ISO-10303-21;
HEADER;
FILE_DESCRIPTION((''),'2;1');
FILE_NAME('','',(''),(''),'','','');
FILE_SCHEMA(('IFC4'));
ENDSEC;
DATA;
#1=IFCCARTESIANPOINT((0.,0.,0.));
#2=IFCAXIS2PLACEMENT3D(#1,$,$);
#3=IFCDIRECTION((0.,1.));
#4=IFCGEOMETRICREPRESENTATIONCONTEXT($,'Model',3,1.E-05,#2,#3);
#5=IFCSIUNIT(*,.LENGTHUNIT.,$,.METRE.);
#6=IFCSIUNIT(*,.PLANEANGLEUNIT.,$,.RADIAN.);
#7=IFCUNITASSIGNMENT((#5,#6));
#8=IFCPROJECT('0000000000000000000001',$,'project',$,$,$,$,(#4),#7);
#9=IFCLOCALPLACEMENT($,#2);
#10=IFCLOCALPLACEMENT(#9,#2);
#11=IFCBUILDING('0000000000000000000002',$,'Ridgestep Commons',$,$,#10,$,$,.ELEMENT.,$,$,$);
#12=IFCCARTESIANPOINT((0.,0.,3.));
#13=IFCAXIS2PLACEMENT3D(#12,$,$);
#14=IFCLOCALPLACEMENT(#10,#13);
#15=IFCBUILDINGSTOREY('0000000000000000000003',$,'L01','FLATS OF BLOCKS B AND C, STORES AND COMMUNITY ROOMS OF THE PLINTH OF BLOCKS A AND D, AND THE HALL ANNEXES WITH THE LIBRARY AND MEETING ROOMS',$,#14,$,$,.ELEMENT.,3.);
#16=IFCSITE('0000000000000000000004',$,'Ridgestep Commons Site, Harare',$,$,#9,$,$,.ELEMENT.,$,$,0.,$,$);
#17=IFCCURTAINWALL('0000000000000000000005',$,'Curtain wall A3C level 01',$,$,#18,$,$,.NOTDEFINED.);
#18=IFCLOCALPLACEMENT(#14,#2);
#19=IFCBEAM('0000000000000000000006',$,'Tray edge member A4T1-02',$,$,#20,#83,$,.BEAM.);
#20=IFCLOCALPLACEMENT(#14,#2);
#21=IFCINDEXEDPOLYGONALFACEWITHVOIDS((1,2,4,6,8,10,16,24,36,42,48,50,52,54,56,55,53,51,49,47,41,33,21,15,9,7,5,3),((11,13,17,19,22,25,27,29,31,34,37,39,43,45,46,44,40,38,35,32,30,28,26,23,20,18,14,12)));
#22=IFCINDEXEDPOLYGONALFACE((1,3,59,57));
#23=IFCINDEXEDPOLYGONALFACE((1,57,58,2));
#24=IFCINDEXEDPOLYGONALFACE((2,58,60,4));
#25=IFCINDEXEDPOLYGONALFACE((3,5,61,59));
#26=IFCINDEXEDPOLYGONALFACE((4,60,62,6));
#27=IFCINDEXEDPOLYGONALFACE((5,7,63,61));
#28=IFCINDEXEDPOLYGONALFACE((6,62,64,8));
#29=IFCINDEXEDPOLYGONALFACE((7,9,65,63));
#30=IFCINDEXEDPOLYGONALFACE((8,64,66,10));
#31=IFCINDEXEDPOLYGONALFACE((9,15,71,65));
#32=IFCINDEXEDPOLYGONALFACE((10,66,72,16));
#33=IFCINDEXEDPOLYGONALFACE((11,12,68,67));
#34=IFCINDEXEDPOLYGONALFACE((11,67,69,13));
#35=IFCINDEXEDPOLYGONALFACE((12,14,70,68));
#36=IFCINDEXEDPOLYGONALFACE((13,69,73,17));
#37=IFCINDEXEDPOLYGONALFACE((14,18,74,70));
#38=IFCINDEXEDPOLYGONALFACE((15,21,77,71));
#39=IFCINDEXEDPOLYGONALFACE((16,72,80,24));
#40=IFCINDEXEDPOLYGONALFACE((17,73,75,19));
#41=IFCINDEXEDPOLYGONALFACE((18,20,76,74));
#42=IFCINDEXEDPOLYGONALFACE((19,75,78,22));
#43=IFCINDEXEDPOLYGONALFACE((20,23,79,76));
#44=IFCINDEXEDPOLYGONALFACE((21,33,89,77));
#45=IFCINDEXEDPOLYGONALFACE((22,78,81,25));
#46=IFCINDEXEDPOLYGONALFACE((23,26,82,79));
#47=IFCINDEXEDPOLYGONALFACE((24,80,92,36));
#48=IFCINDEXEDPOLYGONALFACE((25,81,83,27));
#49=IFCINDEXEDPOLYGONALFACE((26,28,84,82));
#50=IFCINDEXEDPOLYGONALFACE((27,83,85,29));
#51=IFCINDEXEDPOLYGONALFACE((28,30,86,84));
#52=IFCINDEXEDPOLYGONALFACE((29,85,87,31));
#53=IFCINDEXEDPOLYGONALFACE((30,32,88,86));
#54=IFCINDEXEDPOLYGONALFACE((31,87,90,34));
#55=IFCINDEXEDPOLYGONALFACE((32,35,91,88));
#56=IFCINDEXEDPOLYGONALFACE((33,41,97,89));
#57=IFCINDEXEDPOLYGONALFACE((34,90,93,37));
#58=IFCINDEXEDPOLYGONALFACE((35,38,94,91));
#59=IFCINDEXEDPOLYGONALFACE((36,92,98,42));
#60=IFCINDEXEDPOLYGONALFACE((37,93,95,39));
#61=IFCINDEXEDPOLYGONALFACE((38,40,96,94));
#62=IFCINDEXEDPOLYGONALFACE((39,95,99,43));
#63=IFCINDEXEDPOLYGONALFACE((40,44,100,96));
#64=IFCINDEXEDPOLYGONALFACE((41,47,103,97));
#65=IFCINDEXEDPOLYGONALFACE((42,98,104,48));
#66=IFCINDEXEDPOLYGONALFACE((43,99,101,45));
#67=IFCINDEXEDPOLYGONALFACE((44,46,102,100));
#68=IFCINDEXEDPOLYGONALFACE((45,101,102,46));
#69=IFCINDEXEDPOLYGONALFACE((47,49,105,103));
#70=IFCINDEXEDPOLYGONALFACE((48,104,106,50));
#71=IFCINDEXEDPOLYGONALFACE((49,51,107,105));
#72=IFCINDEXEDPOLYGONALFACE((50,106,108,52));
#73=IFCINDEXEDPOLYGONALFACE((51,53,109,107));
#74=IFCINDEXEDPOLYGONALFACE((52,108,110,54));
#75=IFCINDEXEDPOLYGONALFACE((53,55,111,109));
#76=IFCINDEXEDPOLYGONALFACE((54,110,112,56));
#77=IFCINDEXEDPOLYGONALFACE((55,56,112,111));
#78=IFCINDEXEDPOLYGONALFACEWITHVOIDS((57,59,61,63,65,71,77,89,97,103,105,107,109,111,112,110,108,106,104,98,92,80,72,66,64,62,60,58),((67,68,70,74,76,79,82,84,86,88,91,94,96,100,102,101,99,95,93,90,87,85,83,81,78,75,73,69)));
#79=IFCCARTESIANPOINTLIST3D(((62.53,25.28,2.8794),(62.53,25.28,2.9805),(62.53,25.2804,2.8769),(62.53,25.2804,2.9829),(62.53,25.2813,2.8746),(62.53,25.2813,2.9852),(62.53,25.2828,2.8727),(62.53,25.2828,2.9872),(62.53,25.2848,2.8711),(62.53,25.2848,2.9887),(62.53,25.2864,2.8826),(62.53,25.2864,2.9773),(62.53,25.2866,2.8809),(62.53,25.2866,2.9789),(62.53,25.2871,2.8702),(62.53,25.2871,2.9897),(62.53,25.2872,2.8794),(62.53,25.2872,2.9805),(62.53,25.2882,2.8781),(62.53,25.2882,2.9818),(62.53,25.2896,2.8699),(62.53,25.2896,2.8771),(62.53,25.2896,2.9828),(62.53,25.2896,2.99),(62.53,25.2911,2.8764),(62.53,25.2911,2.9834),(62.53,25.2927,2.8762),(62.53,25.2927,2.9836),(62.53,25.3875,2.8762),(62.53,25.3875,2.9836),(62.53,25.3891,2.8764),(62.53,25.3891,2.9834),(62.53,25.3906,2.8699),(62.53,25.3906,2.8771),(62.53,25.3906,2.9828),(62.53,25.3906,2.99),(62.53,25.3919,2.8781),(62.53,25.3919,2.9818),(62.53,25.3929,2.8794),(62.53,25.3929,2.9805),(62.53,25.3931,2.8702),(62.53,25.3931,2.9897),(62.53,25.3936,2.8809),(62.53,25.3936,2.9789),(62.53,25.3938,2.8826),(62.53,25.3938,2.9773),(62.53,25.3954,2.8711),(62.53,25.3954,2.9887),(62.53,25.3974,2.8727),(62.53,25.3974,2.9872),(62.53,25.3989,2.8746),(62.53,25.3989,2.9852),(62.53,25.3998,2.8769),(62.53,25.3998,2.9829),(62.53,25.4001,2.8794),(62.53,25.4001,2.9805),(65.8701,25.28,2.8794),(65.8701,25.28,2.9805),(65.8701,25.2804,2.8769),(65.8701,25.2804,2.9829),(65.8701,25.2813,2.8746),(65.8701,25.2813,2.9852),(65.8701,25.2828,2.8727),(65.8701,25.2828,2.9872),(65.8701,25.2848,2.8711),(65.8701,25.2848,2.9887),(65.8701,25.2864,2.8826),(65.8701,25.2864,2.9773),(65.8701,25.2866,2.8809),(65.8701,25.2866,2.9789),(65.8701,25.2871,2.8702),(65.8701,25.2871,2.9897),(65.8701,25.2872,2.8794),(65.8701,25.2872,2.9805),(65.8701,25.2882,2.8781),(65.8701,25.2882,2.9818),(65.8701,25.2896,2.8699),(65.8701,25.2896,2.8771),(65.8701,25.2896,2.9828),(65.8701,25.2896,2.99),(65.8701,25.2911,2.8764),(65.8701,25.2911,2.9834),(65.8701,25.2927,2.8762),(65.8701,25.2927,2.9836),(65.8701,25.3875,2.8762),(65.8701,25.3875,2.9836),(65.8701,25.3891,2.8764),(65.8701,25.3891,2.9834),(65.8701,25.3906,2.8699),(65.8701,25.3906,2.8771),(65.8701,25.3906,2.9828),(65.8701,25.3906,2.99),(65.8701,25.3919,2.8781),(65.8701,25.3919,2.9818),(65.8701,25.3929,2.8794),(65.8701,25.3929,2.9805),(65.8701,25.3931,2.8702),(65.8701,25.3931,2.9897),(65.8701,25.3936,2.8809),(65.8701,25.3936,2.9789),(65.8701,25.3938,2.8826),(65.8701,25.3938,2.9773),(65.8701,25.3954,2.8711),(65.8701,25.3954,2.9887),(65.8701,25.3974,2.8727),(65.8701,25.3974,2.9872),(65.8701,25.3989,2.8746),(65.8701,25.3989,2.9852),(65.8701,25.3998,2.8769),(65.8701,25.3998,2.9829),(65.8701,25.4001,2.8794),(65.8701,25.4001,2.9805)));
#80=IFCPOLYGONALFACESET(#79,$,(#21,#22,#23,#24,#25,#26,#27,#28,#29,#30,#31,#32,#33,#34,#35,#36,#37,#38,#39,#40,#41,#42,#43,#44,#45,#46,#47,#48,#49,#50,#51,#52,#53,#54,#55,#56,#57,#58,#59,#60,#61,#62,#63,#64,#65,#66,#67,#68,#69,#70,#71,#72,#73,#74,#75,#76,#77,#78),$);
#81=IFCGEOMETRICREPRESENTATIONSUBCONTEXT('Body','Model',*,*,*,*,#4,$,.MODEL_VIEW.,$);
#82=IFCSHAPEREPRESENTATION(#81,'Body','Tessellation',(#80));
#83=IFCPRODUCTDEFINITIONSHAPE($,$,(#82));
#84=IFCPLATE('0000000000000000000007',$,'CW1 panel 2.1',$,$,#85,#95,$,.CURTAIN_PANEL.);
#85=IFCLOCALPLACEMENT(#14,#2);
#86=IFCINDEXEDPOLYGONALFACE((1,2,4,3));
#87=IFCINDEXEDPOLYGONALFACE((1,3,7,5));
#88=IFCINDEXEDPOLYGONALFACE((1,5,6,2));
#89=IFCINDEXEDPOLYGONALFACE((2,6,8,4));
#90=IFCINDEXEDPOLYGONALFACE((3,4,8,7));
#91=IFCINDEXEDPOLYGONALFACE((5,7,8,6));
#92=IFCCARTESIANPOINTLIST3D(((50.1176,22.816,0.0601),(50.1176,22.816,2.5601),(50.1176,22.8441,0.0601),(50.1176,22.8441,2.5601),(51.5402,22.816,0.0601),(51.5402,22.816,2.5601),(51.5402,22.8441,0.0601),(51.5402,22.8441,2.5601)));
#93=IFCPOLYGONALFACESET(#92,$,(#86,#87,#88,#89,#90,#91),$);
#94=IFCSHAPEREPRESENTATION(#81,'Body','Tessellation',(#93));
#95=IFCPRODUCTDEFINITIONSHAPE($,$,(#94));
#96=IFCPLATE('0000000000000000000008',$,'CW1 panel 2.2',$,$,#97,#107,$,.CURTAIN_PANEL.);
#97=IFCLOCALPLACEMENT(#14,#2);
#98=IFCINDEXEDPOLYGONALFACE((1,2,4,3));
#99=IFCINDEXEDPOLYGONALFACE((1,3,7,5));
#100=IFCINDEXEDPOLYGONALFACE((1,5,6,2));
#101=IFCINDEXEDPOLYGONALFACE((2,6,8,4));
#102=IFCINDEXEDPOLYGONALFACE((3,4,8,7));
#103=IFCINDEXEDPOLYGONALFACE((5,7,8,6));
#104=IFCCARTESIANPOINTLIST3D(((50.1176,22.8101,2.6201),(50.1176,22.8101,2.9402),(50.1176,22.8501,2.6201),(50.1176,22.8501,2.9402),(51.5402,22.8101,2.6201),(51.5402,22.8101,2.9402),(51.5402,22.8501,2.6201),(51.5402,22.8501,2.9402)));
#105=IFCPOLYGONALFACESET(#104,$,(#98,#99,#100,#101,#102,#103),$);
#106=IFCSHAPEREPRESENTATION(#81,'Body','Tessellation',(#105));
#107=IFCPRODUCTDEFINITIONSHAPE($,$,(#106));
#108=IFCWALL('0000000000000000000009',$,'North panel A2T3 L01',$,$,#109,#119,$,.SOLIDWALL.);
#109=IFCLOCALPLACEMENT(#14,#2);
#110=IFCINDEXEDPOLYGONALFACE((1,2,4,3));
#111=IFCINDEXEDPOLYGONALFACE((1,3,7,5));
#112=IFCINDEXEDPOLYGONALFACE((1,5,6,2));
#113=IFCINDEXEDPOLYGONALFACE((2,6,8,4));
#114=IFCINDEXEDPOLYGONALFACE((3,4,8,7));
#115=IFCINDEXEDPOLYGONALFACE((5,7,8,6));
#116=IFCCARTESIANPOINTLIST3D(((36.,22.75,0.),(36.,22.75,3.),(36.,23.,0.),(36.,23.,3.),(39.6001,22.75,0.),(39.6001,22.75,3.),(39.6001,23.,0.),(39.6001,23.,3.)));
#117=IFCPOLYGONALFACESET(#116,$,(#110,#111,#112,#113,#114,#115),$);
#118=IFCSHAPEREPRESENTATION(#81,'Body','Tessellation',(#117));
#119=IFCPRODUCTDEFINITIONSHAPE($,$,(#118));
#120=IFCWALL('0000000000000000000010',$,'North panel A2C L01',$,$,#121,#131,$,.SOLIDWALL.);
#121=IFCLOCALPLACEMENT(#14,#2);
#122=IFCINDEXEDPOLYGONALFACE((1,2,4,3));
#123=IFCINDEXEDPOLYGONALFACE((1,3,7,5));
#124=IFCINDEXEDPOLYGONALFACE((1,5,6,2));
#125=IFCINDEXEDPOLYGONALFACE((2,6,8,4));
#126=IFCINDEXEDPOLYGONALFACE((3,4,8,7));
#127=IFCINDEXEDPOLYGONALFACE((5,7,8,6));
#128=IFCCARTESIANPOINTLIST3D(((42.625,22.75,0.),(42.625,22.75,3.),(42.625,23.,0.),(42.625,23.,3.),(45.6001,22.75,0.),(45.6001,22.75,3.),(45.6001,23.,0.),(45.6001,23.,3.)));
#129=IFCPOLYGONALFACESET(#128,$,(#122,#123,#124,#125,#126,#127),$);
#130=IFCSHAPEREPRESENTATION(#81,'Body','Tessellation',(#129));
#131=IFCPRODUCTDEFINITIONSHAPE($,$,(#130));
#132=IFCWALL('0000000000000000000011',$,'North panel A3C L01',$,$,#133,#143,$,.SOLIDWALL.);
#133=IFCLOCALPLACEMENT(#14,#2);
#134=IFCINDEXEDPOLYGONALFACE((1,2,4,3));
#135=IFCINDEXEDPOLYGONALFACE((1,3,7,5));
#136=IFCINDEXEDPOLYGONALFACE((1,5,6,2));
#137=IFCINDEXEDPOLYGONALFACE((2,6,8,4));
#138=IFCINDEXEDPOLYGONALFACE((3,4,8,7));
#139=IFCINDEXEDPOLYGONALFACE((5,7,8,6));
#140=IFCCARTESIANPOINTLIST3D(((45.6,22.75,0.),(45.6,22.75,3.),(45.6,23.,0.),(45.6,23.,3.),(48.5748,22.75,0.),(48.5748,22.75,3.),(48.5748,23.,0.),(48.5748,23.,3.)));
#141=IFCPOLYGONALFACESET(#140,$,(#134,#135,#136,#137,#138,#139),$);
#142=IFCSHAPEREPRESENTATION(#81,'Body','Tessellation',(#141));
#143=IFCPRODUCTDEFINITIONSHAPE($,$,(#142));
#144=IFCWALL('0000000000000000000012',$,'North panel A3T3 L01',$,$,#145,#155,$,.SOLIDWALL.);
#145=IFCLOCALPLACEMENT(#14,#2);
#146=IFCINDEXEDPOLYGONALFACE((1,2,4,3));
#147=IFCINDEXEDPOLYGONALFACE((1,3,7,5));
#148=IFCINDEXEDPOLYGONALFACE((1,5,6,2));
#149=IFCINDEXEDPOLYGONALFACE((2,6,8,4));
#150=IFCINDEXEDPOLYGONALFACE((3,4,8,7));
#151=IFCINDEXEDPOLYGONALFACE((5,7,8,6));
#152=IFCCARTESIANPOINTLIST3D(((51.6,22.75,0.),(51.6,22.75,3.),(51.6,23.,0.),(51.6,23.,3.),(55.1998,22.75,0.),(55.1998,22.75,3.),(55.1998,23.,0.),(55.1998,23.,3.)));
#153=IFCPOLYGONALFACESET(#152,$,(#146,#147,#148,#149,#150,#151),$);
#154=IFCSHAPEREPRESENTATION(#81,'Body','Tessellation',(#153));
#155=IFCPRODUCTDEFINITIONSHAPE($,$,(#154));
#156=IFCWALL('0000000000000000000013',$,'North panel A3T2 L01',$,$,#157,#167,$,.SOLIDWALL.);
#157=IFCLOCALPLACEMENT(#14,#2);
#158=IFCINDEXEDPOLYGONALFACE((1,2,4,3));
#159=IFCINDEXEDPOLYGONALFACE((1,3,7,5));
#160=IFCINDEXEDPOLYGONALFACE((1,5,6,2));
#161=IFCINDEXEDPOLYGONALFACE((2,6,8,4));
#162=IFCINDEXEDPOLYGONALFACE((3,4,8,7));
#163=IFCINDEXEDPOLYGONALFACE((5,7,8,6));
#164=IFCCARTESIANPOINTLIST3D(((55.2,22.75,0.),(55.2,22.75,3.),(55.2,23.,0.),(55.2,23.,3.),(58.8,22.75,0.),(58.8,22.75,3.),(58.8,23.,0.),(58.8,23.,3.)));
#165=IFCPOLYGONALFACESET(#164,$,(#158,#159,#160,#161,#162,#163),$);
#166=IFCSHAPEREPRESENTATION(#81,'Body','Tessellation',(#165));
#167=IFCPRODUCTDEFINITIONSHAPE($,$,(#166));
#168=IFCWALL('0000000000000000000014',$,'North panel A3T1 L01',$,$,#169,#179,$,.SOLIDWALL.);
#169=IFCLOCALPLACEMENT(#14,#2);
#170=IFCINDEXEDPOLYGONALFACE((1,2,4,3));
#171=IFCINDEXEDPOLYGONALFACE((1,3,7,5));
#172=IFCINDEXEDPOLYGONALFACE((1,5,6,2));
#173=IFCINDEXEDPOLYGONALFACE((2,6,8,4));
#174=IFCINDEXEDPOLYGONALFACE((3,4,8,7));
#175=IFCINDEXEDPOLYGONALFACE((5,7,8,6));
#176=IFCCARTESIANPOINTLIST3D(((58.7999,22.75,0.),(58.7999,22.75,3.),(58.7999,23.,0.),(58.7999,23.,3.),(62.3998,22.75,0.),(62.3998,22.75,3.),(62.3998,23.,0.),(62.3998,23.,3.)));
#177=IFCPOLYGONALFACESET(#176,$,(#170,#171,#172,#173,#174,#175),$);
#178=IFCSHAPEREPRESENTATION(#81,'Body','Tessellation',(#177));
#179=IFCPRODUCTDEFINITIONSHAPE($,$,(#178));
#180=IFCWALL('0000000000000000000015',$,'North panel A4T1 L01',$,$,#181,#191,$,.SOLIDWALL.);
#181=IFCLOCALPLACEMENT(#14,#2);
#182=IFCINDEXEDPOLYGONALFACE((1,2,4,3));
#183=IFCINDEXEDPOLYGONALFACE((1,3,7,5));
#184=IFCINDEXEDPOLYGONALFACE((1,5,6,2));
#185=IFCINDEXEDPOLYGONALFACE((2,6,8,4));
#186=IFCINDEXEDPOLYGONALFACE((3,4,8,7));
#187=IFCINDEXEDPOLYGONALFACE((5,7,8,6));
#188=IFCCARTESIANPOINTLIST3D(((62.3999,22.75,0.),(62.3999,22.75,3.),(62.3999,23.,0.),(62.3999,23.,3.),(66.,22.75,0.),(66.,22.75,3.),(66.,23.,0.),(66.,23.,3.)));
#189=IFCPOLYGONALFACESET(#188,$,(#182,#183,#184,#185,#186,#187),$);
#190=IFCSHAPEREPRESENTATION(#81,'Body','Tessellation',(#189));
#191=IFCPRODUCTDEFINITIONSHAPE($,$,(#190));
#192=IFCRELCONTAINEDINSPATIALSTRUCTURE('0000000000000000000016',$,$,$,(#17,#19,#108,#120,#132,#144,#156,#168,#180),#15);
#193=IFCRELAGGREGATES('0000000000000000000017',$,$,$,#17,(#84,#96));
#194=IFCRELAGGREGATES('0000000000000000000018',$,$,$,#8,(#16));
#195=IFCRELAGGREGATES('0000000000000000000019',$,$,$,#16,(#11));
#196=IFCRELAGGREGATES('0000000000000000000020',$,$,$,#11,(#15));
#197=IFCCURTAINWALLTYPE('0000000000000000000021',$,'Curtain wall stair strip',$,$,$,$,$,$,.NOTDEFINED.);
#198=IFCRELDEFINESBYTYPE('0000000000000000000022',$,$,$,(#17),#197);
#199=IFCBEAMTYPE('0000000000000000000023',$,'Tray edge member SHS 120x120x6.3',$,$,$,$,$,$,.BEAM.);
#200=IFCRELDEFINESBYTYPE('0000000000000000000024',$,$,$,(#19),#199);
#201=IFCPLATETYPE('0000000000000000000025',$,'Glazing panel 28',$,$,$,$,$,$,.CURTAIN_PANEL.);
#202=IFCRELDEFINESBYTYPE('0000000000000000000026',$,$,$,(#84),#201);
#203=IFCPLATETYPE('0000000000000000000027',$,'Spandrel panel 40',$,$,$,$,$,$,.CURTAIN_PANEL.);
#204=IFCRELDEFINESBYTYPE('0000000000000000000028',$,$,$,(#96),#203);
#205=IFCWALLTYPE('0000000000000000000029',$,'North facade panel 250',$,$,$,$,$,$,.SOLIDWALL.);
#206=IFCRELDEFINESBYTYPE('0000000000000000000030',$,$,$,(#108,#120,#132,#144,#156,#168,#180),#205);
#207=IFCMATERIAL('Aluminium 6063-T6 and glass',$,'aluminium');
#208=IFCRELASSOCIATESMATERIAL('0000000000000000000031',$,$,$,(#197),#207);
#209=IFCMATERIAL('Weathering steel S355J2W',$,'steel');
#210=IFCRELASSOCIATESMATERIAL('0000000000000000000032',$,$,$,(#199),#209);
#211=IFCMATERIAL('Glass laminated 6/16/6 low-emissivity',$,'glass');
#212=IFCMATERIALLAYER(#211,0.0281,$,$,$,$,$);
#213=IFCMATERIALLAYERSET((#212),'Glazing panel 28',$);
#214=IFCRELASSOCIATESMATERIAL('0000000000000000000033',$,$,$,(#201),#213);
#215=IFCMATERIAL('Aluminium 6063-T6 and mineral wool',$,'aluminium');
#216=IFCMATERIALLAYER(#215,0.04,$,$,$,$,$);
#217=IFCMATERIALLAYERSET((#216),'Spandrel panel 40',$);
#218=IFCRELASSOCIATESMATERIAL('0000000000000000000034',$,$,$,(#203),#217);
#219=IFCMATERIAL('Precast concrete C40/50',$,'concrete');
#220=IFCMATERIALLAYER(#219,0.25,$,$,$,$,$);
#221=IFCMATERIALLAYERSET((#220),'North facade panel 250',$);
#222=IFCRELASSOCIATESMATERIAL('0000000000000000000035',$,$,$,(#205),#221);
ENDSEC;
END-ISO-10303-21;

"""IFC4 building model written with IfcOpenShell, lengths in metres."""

from ifc_helpers import new_model, si_unit, direction, frame, frame_2d, origin, origin_2d, place, context, subcontext, project, spatial, rectangle, hollow_rectangle, extrude, material, layer, layer_set, material_profile, profile_set, type_object, element, aggregate, save


model = new_model("IFC4")

# Units and contexts
model_context = context("Model", 3, precision=1e-05, world=origin(), true_north=direction((0.0, 1.0)))
body_context = subcontext(model_context, "Body", "Model", "MODEL_VIEW")
ifc_project = project(units=[si_unit("LENGTHUNIT", "METRE"), si_unit("PLANEANGLEUNIT", "RADIAN")], contexts=[model_context])

# Site, building, storey
site_placement = place(None, origin())
site = spatial("IfcSite", under=ifc_project, at=site_placement, Name="Ridgestep Commons Site, Harare", CompositionType="ELEMENT", RefElevation=0.0)
building_placement = place(site_placement, origin())
building = spatial("IfcBuilding", under=site, at=building_placement, Name="Ridgestep Commons", CompositionType="ELEMENT")
storey_placement = place(building_placement, frame((0.0, 0.0, 3.0)))
storey = spatial("IfcBuildingStorey", under=building, at=storey_placement, Name="L01", Description="FLATS OF BLOCKS B AND C, STORES AND COMMUNITY ROOMS OF THE PLINTH OF BLOCKS A AND D, AND THE HALL ANNEXES WITH THE LIBRARY AND MEETING ROOMS", CompositionType="ELEMENT", Elevation=3.0)

# Curtain wall
ifc_material_1 = material(Name="Aluminium 6063-T6 and glass", Category="aluminium")
curtain_wall_type = type_object("IfcCurtainWallType", Name="Curtain wall stair strip", PredefinedType="NOTDEFINED", material=ifc_material_1)
curtain_wall_placement = place(storey_placement, origin())
curtain_wall = element("IfcCurtainWall", 1, at=curtain_wall_placement, inside=storey, type_object=curtain_wall_type, Name="Curtain wall A3C level 01", PredefinedType="NOTDEFINED")

# Beam
ifc_material_2 = material(Name="Weathering steel S355J2W", Category="steel")
ifc_material_profile_1 = material_profile(ifc_material_2, hollow_rectangle(XDim=0.1201, YDim=0.1201, WallThickness=0.0063, InnerFilletRadius=0.0063, OuterFilletRadius=0.0095, at=origin_2d()), Name="SHS 120x120x6.3")
ifc_profile_set_1 = profile_set([ifc_material_profile_1], Name="Weathering steel S355J2W")
beam_type_1 = type_object("IfcBeamType", Name="Tray edge member SHS 120x120x6.3", PredefinedType="BEAM", material=ifc_profile_set_1)
beam_placement = place(storey_placement, frame((62.53, 25.3401, 2.9299), z_axis=(1.0, 0.0, 0.0), x_axis=(0.0, 0.0, 1.0)))
element("IfcBeam", 2, at=beam_placement, inside=storey, type_object=beam_type_1, Name="Tray edge member A4T1-02", PredefinedType="BEAM", context=body_context, shape_type="SweptSolid", body=[
    extrude(hollow_rectangle(XDim=0.1201, YDim=0.1201, WallThickness=0.0063, InnerFilletRadius=0.0063, OuterFilletRadius=0.0095, at=origin_2d()), origin(), (0.0, 0.0, 1.0), 3.3401),
])

# Plates
ifc_material_3 = material(Name="Glass laminated 6/16/6 low-emissivity", Category="glass")
ifc_layer_1 = layer(ifc_material_3, 0.0281)
ifc_layer_set_1 = layer_set([ifc_layer_1], Name="Glazing panel 28")
plate_type_1 = type_object("IfcPlateType", Name="Glazing panel 28", PredefinedType="CURTAIN_PANEL", material=ifc_layer_set_1)
plate_1_placement = place(storey_placement, frame((50.8289, 22.8301, 0.0601), z_axis=(0.0, 0.0, 1.0), x_axis=(1.0, 0.0, 0.0)))
plate_1 = element("IfcPlate", 3, at=plate_1_placement, type_object=plate_type_1, Name="CW1 panel 2.1", PredefinedType="CURTAIN_PANEL", context=body_context, shape_type="SweptSolid", body=[
    extrude(rectangle(XDim=1.4226, YDim=0.0281, at=origin_2d()), origin(), (0.0, 0.0, 1.0), 2.5),
])
ifc_material_4 = material(Name="Aluminium 6063-T6 and mineral wool", Category="aluminium")
ifc_layer_2 = layer(ifc_material_4, 0.04)
ifc_layer_set_2 = layer_set([ifc_layer_2], Name="Spandrel panel 40")
plate_type_2 = type_object("IfcPlateType", Name="Spandrel panel 40", PredefinedType="CURTAIN_PANEL", material=ifc_layer_set_2)
plate_2_placement = place(storey_placement, frame((50.8289, 22.8301, 2.6201), z_axis=(0.0, 0.0, 1.0), x_axis=(1.0, 0.0, 0.0)))
plate_2 = element("IfcPlate", 4, at=plate_2_placement, type_object=plate_type_2, Name="CW1 panel 2.2", PredefinedType="CURTAIN_PANEL", context=body_context, shape_type="SweptSolid", body=[
    extrude(rectangle(XDim=1.4226, YDim=0.04, at=origin_2d()), origin(), (0.0, 0.0, 1.0), 0.3201),
])
aggregate(curtain_wall, [plate_1, plate_2])

# Walls
ifc_material_5 = material(Name="Precast concrete C40/50", Category="concrete")
ifc_layer_3 = layer(ifc_material_5, 0.25)
ifc_layer_set_3 = layer_set([ifc_layer_3], Name="North facade panel 250")
wall_type = type_object("IfcWallType", Name="North facade panel 250", PredefinedType="SOLIDWALL", material=ifc_layer_set_3)
wall_1_placement = place(storey_placement, frame((36.0, 22.875, 0.0), z_axis=(0.0, 0.0, 1.0), x_axis=(1.0, 0.0, 0.0)))
element("IfcWall", 5, at=wall_1_placement, inside=storey, type_object=wall_type, Name="North panel A2T3 L01", PredefinedType="SOLIDWALL", context=body_context, shape_type="SweptSolid", body=[
    extrude(rectangle(XDim=3.6001, YDim=0.25, at=frame_2d((1.8, 0.0))), origin(), (0.0, 0.0, 1.0), 3.0),
])
wall_2_placement = place(storey_placement, frame((42.625, 22.875, 0.0), z_axis=(0.0, 0.0, 1.0), x_axis=(1.0, 0.0, 0.0)))
element("IfcWall", 6, at=wall_2_placement, inside=storey, type_object=wall_type, Name="North panel A2C L01", PredefinedType="SOLIDWALL", context=body_context, shape_type="SweptSolid", body=[
    extrude(rectangle(XDim=2.9751, YDim=0.25, at=frame_2d((1.4875, 0.0))), origin(), (0.0, 0.0, 1.0), 3.0),
])
wall_3_placement = place(storey_placement, frame((45.6001, 22.875, 0.0), z_axis=(0.0, 0.0, 1.0), x_axis=(1.0, 0.0, 0.0)))
element("IfcWall", 7, at=wall_3_placement, inside=storey, type_object=wall_type, Name="North panel A3C L01", PredefinedType="SOLIDWALL", context=body_context, shape_type="SweptSolid", body=[
    extrude(rectangle(XDim=2.9749, YDim=0.25, at=frame_2d((1.4873, 0.0))), origin(), (0.0, 0.0, 1.0), 3.0),
])
wall_4_placement = place(storey_placement, frame((51.6001, 22.875, 0.0), z_axis=(0.0, 0.0, 1.0), x_axis=(1.0, 0.0, 0.0)))
element("IfcWall", 8, at=wall_4_placement, inside=storey, type_object=wall_type, Name="North panel A3T3 L01", PredefinedType="SOLIDWALL", context=body_context, shape_type="SweptSolid", body=[
    extrude(rectangle(XDim=3.5999, YDim=0.25, at=frame_2d((1.7998, 0.0))), origin(), (0.0, 0.0, 1.0), 3.0),
])
wall_5_placement = place(storey_placement, frame((55.2, 22.875, 0.0), z_axis=(0.0, 0.0, 1.0), x_axis=(1.0, 0.0, 0.0)))
element("IfcWall", 9, at=wall_5_placement, inside=storey, type_object=wall_type, Name="North panel A3T2 L01", PredefinedType="SOLIDWALL", context=body_context, shape_type="SweptSolid", body=[
    extrude(rectangle(XDim=3.6001, YDim=0.25, at=frame_2d((1.8, 0.0))), origin(), (0.0, 0.0, 1.0), 3.0),
])
wall_6_placement = place(storey_placement, frame((58.8, 22.875, 0.0), z_axis=(0.0, 0.0, 1.0), x_axis=(1.0, 0.0, 0.0)))
element("IfcWall", 10, at=wall_6_placement, inside=storey, type_object=wall_type, Name="North panel A3T1 L01", PredefinedType="SOLIDWALL", context=body_context, shape_type="SweptSolid", body=[
    extrude(rectangle(XDim=3.5999, YDim=0.25, at=frame_2d((1.7998, 0.0))), origin(), (0.0, 0.0, 1.0), 3.0),
])
for number, where, z_axis, x_axis, name in (
    (11, (62.3999, 22.875, 0.0), (0.0, 0.0, 1.0), (1.0, 0.0, 0.0), "North panel A4T1 L01"),
):
    element("IfcWall", number, at=place(storey_placement, frame(where, z_axis=z_axis, x_axis=x_axis)), inside=storey, type_object=wall_type, Name=name, PredefinedType="SOLIDWALL", context=body_context, shape_type="SweptSolid", body=[
        extrude(rectangle(XDim=3.6001, YDim=0.25, at=frame_2d((1.8, 0.0))), origin(), (0.0, 0.0, 1.0), 3.0),
    ])

save(model, "model.ifc")
